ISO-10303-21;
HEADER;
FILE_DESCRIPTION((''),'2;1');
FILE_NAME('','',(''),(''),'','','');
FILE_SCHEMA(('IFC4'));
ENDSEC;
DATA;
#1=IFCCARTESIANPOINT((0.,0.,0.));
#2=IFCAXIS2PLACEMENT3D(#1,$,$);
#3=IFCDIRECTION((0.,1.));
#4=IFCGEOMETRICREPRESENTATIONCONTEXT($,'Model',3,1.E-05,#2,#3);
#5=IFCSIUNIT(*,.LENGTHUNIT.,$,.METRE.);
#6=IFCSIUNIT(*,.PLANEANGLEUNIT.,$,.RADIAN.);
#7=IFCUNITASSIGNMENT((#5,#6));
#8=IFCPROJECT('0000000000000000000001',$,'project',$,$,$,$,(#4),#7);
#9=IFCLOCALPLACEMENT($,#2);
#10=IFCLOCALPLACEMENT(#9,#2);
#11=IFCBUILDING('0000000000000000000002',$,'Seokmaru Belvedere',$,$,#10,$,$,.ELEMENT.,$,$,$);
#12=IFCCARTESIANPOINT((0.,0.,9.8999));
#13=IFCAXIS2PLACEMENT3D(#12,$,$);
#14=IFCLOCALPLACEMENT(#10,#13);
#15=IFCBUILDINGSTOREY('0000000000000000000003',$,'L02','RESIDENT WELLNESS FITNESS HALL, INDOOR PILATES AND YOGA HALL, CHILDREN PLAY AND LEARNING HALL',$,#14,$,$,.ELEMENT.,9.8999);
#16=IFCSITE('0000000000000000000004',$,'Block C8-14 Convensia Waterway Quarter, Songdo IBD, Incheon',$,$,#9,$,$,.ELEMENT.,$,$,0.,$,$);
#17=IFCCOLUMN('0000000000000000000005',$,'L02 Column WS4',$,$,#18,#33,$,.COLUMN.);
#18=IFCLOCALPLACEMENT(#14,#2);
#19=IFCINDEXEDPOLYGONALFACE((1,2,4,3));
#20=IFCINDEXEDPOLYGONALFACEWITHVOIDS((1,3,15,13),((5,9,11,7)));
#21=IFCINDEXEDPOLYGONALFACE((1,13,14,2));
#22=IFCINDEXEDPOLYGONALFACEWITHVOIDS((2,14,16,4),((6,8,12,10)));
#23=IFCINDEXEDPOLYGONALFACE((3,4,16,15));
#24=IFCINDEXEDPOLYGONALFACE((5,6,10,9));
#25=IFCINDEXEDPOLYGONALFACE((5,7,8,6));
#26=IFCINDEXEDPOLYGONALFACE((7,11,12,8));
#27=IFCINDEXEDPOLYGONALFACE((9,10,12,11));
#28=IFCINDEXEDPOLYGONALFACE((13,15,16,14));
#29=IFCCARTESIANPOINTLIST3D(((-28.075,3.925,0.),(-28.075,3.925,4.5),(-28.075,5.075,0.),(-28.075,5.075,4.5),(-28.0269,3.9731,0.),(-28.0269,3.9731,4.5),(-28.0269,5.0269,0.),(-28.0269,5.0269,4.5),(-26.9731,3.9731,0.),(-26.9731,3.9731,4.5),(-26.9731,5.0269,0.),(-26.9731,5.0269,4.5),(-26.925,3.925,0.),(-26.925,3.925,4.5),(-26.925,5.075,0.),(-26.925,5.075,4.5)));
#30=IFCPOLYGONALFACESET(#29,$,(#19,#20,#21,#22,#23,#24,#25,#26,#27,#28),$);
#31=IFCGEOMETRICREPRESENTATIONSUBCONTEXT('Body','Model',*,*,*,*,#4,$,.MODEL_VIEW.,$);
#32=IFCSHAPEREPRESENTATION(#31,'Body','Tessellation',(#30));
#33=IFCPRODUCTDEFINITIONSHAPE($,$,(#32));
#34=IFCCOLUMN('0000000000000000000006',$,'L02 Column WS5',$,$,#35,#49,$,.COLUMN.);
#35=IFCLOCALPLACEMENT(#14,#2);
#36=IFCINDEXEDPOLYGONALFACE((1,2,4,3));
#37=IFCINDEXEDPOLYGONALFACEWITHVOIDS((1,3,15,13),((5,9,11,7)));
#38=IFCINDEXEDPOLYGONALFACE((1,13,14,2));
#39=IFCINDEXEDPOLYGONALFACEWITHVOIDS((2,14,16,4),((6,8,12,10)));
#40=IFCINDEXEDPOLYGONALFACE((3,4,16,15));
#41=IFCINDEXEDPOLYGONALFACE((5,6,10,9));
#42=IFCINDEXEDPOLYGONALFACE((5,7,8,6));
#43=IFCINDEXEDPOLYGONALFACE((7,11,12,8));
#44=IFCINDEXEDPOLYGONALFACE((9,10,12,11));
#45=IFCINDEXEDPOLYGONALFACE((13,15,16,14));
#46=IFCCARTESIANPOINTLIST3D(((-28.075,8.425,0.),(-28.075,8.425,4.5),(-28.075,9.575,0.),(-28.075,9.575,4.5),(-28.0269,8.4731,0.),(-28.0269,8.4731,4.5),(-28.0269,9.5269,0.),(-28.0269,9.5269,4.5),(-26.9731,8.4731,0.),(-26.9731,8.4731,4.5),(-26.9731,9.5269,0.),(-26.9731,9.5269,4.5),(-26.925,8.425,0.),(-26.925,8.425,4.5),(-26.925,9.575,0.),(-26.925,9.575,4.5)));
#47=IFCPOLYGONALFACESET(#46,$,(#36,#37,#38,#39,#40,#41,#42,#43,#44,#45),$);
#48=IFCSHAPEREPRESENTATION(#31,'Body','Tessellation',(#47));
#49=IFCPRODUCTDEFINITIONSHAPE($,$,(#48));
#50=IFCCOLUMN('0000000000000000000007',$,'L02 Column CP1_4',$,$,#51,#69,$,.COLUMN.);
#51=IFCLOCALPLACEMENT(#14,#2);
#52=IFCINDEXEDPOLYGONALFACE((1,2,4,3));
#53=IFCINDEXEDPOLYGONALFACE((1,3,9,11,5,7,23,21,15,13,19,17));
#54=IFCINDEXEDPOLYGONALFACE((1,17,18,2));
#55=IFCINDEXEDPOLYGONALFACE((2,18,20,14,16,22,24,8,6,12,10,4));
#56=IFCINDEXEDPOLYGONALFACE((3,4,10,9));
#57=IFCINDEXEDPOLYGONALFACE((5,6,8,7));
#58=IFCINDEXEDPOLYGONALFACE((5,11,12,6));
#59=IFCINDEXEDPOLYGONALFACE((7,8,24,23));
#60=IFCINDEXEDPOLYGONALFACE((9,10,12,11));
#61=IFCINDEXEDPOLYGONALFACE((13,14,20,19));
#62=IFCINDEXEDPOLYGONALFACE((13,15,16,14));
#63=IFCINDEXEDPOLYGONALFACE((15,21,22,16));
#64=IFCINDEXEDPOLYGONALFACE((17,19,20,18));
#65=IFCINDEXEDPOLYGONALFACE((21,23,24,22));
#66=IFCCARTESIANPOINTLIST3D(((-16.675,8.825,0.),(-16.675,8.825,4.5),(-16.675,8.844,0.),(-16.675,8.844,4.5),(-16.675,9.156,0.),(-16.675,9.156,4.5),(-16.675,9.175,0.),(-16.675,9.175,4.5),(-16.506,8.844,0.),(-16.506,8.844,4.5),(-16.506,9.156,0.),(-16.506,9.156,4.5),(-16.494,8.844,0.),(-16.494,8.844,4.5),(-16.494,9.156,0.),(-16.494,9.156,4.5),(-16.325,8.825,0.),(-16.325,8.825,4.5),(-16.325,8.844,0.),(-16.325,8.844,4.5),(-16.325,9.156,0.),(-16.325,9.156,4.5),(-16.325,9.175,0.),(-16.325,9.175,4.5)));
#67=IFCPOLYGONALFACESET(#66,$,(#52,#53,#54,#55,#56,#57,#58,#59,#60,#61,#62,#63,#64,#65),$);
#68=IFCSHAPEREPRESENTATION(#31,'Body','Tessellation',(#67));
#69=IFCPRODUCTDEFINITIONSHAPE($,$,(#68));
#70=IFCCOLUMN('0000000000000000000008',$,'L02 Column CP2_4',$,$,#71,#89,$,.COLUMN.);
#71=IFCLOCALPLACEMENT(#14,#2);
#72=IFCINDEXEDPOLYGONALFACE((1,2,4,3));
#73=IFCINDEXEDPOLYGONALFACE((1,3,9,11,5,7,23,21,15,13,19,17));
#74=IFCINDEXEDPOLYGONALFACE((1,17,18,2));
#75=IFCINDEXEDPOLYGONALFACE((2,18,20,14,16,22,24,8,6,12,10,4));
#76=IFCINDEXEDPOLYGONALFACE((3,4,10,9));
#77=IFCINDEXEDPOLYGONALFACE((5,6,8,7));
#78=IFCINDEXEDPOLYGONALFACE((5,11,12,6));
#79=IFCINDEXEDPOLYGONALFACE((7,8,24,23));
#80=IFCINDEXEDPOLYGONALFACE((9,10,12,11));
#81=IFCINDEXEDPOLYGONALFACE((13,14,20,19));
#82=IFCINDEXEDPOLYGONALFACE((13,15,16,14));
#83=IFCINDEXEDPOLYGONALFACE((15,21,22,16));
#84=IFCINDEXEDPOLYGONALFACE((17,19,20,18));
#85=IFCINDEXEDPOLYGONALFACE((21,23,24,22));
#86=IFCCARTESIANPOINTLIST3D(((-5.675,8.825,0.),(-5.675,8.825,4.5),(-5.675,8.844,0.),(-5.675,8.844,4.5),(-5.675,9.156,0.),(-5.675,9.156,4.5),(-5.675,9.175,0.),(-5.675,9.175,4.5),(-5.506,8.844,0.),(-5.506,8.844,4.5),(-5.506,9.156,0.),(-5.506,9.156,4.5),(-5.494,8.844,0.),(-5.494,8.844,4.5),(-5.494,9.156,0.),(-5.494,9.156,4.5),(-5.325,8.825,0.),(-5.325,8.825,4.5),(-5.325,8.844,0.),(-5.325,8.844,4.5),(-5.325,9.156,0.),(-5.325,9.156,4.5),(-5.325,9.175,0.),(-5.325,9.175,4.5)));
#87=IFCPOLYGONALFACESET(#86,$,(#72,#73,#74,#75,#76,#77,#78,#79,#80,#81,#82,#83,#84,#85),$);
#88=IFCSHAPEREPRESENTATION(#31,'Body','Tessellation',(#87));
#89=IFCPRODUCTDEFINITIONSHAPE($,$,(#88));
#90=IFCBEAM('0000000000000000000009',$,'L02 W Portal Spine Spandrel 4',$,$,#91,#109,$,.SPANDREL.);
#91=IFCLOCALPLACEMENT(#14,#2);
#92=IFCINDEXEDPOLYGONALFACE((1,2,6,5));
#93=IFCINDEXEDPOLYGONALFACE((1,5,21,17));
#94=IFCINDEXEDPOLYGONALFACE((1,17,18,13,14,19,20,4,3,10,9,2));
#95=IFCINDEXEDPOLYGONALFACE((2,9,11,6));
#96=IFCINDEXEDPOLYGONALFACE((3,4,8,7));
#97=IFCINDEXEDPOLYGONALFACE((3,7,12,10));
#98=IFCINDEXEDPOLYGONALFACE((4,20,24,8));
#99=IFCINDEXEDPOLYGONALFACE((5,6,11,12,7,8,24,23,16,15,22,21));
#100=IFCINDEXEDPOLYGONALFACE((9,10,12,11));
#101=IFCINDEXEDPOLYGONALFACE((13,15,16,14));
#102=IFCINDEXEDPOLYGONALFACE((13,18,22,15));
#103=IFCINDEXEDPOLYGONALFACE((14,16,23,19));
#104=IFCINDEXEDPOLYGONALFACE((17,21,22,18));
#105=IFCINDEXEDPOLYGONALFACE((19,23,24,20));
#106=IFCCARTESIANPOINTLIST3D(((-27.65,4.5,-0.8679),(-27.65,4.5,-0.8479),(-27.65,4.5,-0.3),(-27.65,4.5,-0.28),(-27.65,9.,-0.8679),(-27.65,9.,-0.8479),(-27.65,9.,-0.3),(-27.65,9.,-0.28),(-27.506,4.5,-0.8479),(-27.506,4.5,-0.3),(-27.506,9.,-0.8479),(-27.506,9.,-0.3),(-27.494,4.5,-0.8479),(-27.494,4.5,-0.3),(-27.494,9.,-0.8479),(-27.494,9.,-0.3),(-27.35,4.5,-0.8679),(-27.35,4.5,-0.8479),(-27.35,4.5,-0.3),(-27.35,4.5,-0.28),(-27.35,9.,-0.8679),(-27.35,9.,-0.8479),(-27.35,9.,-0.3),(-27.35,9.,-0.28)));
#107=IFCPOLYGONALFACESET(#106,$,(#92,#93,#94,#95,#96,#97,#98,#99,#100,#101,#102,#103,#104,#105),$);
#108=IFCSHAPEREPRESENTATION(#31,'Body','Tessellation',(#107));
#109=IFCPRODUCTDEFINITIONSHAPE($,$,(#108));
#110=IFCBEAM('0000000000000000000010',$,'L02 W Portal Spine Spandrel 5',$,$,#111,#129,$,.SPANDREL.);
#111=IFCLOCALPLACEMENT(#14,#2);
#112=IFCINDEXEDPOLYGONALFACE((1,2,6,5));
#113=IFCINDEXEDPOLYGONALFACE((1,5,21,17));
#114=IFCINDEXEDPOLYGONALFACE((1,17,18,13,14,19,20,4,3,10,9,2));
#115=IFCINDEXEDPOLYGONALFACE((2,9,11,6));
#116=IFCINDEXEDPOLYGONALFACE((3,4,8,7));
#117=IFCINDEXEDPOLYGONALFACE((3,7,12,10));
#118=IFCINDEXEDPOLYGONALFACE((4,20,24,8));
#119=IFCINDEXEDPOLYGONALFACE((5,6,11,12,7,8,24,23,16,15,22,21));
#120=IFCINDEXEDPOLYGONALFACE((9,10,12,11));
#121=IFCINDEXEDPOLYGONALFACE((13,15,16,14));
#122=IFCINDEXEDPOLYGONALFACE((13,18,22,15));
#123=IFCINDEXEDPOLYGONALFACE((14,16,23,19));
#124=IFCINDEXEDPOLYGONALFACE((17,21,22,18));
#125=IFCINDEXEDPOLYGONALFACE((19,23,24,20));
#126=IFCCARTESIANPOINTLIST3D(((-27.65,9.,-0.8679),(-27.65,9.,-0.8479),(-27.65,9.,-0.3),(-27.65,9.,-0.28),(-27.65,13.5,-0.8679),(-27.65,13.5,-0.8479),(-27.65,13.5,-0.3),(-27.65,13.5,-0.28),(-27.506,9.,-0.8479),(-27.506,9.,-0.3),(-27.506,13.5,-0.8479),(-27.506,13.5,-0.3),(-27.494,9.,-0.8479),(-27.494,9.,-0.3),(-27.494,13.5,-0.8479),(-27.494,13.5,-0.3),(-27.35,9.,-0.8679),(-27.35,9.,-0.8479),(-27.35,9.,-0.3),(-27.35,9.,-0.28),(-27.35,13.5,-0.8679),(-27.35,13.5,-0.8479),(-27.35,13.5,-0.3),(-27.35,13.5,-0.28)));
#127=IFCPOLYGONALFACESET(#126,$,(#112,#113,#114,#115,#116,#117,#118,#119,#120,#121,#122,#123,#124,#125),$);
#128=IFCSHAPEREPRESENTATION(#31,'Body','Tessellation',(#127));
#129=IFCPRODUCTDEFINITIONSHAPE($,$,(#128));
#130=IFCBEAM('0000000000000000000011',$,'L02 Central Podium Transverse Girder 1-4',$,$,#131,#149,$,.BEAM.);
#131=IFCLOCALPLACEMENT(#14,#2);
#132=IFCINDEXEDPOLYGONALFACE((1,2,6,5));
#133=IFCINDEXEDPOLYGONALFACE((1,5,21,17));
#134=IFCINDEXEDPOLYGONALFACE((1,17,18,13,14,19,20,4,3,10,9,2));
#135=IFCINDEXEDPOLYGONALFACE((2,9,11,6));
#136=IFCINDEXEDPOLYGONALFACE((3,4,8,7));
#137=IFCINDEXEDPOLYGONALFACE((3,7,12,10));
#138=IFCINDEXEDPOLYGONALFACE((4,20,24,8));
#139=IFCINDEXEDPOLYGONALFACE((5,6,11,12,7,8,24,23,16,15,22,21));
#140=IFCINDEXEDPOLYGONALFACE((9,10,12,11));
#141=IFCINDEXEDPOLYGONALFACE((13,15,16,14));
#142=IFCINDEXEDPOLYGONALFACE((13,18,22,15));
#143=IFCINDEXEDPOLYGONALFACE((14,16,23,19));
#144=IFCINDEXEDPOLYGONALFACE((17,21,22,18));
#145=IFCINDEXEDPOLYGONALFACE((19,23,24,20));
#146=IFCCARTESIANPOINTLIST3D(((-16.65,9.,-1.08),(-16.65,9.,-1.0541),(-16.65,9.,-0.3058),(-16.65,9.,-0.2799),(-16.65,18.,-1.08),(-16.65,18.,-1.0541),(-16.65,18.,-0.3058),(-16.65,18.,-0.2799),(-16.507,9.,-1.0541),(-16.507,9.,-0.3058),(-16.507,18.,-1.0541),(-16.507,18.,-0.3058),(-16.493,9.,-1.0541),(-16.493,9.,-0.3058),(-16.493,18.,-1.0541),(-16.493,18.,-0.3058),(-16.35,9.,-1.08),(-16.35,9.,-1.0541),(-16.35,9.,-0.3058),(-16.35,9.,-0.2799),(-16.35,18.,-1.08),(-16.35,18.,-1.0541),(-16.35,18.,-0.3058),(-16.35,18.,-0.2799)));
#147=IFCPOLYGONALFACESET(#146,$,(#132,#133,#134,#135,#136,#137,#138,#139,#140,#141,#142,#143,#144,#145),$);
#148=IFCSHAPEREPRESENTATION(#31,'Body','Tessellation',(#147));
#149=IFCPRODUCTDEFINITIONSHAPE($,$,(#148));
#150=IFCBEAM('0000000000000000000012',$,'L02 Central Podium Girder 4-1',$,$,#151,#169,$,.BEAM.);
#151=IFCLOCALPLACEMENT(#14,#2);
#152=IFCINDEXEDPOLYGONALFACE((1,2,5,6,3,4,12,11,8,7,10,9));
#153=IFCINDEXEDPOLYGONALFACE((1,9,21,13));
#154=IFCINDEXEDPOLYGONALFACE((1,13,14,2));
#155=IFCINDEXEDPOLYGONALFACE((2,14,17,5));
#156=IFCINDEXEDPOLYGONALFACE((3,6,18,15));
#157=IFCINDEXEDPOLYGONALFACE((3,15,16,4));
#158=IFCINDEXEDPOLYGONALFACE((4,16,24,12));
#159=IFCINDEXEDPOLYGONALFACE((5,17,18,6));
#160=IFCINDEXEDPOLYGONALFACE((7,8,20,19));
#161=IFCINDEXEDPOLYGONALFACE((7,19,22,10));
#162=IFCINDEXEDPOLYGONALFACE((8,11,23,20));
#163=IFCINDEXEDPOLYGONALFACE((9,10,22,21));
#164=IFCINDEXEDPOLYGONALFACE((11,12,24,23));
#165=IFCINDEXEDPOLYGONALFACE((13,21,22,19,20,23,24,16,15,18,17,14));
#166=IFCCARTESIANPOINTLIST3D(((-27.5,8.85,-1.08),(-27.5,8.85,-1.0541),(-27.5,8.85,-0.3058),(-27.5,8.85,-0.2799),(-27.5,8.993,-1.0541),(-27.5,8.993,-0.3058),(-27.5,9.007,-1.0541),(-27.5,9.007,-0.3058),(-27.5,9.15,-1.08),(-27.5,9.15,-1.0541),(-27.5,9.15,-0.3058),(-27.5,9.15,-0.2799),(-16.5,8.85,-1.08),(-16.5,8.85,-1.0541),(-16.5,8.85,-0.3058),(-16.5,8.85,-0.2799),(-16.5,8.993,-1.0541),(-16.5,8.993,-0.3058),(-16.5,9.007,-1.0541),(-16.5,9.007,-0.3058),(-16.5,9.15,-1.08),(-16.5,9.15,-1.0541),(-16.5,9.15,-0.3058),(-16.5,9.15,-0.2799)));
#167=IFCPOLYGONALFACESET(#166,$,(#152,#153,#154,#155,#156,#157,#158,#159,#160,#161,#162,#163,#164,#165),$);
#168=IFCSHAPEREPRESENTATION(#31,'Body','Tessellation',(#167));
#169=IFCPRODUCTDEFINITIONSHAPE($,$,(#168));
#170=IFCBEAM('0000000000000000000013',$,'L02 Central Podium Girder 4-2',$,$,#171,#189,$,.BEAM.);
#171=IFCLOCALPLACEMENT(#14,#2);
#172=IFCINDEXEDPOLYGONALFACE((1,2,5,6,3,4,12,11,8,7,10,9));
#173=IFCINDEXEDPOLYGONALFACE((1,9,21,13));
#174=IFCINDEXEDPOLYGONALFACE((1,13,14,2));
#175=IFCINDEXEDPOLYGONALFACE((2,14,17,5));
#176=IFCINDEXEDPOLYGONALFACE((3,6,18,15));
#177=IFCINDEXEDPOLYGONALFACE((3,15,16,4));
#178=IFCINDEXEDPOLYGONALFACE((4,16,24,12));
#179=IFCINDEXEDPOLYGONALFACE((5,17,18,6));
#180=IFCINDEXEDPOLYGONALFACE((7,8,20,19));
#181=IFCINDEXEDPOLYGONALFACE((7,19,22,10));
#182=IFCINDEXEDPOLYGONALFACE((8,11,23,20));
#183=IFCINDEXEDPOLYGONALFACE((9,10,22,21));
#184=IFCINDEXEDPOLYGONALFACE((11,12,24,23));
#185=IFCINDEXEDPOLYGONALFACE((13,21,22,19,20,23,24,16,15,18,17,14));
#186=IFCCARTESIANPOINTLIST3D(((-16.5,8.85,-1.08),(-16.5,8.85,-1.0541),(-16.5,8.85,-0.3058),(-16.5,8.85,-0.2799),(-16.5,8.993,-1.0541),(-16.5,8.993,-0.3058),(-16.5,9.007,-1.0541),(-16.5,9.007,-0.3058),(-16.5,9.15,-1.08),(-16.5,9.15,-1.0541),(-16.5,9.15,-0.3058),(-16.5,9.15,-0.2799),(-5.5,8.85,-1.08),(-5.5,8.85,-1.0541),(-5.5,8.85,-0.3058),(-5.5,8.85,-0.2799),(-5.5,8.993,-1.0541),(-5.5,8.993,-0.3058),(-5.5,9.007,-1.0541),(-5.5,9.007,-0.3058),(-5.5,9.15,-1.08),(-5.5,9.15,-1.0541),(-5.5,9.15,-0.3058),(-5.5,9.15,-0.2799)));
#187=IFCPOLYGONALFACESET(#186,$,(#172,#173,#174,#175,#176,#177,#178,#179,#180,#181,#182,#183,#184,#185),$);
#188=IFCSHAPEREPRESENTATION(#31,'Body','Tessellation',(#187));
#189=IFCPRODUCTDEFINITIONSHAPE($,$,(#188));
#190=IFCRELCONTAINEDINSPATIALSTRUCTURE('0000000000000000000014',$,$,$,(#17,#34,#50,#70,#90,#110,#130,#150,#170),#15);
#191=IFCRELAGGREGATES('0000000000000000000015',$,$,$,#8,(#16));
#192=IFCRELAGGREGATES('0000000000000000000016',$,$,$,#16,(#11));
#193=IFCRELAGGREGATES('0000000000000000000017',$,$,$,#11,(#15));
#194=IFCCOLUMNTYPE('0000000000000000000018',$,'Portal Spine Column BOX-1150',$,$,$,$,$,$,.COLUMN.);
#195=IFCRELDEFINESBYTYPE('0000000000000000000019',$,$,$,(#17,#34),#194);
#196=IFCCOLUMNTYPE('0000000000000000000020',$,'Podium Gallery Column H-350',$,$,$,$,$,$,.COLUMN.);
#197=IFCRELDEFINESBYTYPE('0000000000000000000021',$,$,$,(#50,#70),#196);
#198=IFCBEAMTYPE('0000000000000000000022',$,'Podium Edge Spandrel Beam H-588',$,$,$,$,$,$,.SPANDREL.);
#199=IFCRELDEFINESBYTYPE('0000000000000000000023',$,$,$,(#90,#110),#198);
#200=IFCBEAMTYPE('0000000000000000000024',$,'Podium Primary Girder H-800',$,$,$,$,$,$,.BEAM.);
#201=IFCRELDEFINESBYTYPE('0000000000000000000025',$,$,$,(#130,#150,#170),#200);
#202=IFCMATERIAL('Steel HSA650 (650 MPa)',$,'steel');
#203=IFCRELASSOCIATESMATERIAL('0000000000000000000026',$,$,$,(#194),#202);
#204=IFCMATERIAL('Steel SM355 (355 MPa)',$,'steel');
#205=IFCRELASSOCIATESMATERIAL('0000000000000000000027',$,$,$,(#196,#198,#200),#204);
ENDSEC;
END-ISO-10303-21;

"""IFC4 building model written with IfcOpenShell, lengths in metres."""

from ifc_helpers import new_model, si_unit, direction, frame, origin, origin_2d, place, context, subcontext, project, spatial, hollow_rectangle, i_section, extrude, source, transform, mapped, material, material_profile, profile_set, type_object, type_shapes, element, save


model = new_model("IFC4")

# Units and contexts
model_context = context("Model", 3, precision=1e-05, world=origin(), true_north=direction((0.0, 1.0)))
body_context = subcontext(model_context, "Body", "Model", "MODEL_VIEW")
ifc_project = project(units=[si_unit("LENGTHUNIT", "METRE"), si_unit("PLANEANGLEUNIT", "RADIAN")], contexts=[model_context])

# Site, building, storey
site_placement = place(None, origin())
site = spatial("IfcSite", under=ifc_project, at=site_placement, Name="Block C8-14 Convensia Waterway Quarter, Songdo IBD, Incheon", CompositionType="ELEMENT", RefElevation=0.0)
building_placement = place(site_placement, origin())
building = spatial("IfcBuilding", under=site, at=building_placement, Name="Seokmaru Belvedere", CompositionType="ELEMENT")
storey_placement = place(building_placement, frame((0.0, 0.0, 9.8999)))
storey = spatial("IfcBuildingStorey", under=building, at=storey_placement, Name="L02", Description="RESIDENT WELLNESS FITNESS HALL, INDOOR PILATES AND YOGA HALL, CHILDREN PLAY AND LEARNING HALL", CompositionType="ELEMENT", Elevation=9.8999)

# Columns
ifc_material_1 = material(Name="Steel HSA650 (650 MPa)", Category="steel")
ifc_material_profile_1 = material_profile(ifc_material_1, hollow_rectangle(XDim=1.1499, YDim=1.1499, WallThickness=0.0481, at=origin_2d()), Name="BOX-1150x1150x48")
ifc_profile_set_1 = profile_set([ifc_material_profile_1], Name="Steel HSA650 (650 MPa)")
column_type_1 = type_object("IfcColumnType", Name="Portal Spine Column BOX-1150", PredefinedType="COLUMN", material=ifc_profile_set_1)
shared_shape_1 = source(origin(), body_context, "Body", "SweptSolid", [
    extrude(hollow_rectangle(XDim=1.1499, YDim=1.1499, WallThickness=0.0481, at=origin_2d()), origin(), (0.0, 0.0, 1.0), 4.5),
])
type_shapes(column_type_1, [shared_shape_1])
for number, where, z_axis, x_axis, name in (
    (1, (-27.5, 4.5, 0.0), (0.0, 0.0, 1.0), (1.0, 0.0, 0.0), "L02 Column WS4"),
    (2, (-27.5, 9.0, 0.0), (0.0, 0.0, 1.0), (1.0, 0.0, 0.0), "L02 Column WS5"),
):
    element("IfcColumn", number, at=place(storey_placement, frame(where, z_axis=z_axis, x_axis=x_axis)), inside=storey, type_object=column_type_1, Name=name, PredefinedType="COLUMN", context=body_context, shape_type="MappedRepresentation", body=[
        mapped(shared_shape_1, transform((0.0, 0.0, 0.0), scale=1.0)),
    ])
ifc_material_2 = material(Name="Steel SM355 (355 MPa)", Category="steel")
ifc_material_profile_2 = material_profile(ifc_material_2, i_section(OverallWidth=0.3501, OverallDepth=0.3501, WebThickness=0.012, FlangeThickness=0.019, at=origin_2d()), Name="H-350x350x12x19")
ifc_profile_set_2 = profile_set([ifc_material_profile_2], Name="Steel SM355 (355 MPa)")
column_type_2 = type_object("IfcColumnType", Name="Podium Gallery Column H-350", PredefinedType="COLUMN", material=ifc_profile_set_2)
shared_shape_2 = source(origin(), body_context, "Body", "SweptSolid", [
    extrude(i_section(OverallWidth=0.3501, OverallDepth=0.3501, WebThickness=0.012, FlangeThickness=0.019, at=origin_2d()), origin(), (0.0, 0.0, 1.0), 4.5),
])
type_shapes(column_type_2, [shared_shape_2])
for number, where, z_axis, x_axis, name in (
    (3, (-16.5, 9.0, 0.0), (0.0, 0.0, 1.0), (1.0, 0.0, 0.0), "L02 Column CP1_4"),
    (4, (-5.5, 9.0, 0.0), (0.0, 0.0, 1.0), (1.0, 0.0, 0.0), "L02 Column CP2_4"),
):
    element("IfcColumn", number, at=place(storey_placement, frame(where, z_axis=z_axis, x_axis=x_axis)), inside=storey, type_object=column_type_2, Name=name, PredefinedType="COLUMN", context=body_context, shape_type="MappedRepresentation", body=[
        mapped(shared_shape_2, transform((0.0, 0.0, 0.0), scale=1.0)),
    ])

# Beams
ifc_material_profile_3 = material_profile(ifc_material_2, i_section(OverallWidth=0.3, OverallDepth=0.5879, WebThickness=0.012, FlangeThickness=0.02, at=origin_2d()), Name="H-588x300x12x20")
ifc_profile_set_3 = profile_set([ifc_material_profile_3], Name="Steel SM355 (355 MPa)")
beam_type_1 = type_object("IfcBeamType", Name="Podium Edge Spandrel Beam H-588", PredefinedType="SPANDREL", material=ifc_profile_set_3)
shared_shape_3 = source(origin(), body_context, "Body", "SweptSolid", [
    extrude(i_section(OverallWidth=0.3, OverallDepth=0.5879, WebThickness=0.012, FlangeThickness=0.02, at=origin_2d()), origin(), (0.0, 0.0, 1.0), 4.5),
])
type_shapes(beam_type_1, [shared_shape_3])
for number, where, z_axis, x_axis, name in (
    (5, (-27.5, 4.5, -0.574), (0.0, 1.0, 0.0), (-1.0, 0.0, 0.0), "L02 W Portal Spine Spandrel 4"),
    (6, (-27.5, 9.0, -0.574), (0.0, 1.0, 0.0), (-1.0, 0.0, 0.0), "L02 W Portal Spine Spandrel 5"),
):
    element("IfcBeam", number, at=place(storey_placement, frame(where, z_axis=z_axis, x_axis=x_axis)), inside=storey, type_object=beam_type_1, Name=name, PredefinedType="SPANDREL", context=body_context, shape_type="MappedRepresentation", body=[
        mapped(shared_shape_3, transform((0.0, 0.0, 0.0), scale=1.0)),
    ])
ifc_material_profile_4 = material_profile(ifc_material_2, i_section(OverallWidth=0.3, OverallDepth=0.8, WebThickness=0.0139, FlangeThickness=0.0259, at=origin_2d()), Name="H-800x300x14x26")
ifc_profile_set_4 = profile_set([ifc_material_profile_4], Name="Steel SM355 (355 MPa)")
beam_type_2 = type_object("IfcBeamType", Name="Podium Primary Girder H-800", PredefinedType="BEAM", material=ifc_profile_set_4)
shared_shape_4 = source(origin(), body_context, "Body", "SweptSolid", [
    extrude(i_section(OverallWidth=0.3, OverallDepth=0.8, WebThickness=0.0139, FlangeThickness=0.0259, at=origin_2d()), origin(), (0.0, 0.0, 1.0), 9.0),
])
beam_placement = place(storey_placement, frame((-16.5, 9.0, -0.6799), z_axis=(0.0, 1.0, 0.0), x_axis=(-1.0, 0.0, 0.0)))
element("IfcBeam", 7, at=beam_placement, inside=storey, type_object=beam_type_2, Name="L02 Central Podium Transverse Girder 1-4", PredefinedType="BEAM", context=body_context, shape_type="MappedRepresentation", body=[
    mapped(shared_shape_4, transform((0.0, 0.0, 0.0), scale=1.0)),
])
shared_shape_5 = source(origin(), body_context, "Body", "SweptSolid", [
    extrude(i_section(OverallWidth=0.3, OverallDepth=0.8, WebThickness=0.0139, FlangeThickness=0.0259, at=origin_2d()), origin(), (0.0, 0.0, 1.0), 11.0),
])
type_shapes(beam_type_2, [shared_shape_4, shared_shape_5])
for number, where, z_axis, x_axis, name in (
    (8, (-27.5, 9.0, -0.6799), (1.0, 0.0, 0.0), (0.0, 1.0, 0.0), "L02 Central Podium Girder 4-1"),
    (9, (-16.5, 9.0, -0.6799), (1.0, 0.0, 0.0), (0.0, 1.0, 0.0), "L02 Central Podium Girder 4-2"),
):
    element("IfcBeam", number, at=place(storey_placement, frame(where, z_axis=z_axis, x_axis=x_axis)), inside=storey, type_object=beam_type_2, Name=name, PredefinedType="BEAM", context=body_context, shape_type="MappedRepresentation", body=[
        mapped(shared_shape_5, transform((0.0, 0.0, 0.0), scale=1.0)),
    ])

save(model, "model.ifc")
